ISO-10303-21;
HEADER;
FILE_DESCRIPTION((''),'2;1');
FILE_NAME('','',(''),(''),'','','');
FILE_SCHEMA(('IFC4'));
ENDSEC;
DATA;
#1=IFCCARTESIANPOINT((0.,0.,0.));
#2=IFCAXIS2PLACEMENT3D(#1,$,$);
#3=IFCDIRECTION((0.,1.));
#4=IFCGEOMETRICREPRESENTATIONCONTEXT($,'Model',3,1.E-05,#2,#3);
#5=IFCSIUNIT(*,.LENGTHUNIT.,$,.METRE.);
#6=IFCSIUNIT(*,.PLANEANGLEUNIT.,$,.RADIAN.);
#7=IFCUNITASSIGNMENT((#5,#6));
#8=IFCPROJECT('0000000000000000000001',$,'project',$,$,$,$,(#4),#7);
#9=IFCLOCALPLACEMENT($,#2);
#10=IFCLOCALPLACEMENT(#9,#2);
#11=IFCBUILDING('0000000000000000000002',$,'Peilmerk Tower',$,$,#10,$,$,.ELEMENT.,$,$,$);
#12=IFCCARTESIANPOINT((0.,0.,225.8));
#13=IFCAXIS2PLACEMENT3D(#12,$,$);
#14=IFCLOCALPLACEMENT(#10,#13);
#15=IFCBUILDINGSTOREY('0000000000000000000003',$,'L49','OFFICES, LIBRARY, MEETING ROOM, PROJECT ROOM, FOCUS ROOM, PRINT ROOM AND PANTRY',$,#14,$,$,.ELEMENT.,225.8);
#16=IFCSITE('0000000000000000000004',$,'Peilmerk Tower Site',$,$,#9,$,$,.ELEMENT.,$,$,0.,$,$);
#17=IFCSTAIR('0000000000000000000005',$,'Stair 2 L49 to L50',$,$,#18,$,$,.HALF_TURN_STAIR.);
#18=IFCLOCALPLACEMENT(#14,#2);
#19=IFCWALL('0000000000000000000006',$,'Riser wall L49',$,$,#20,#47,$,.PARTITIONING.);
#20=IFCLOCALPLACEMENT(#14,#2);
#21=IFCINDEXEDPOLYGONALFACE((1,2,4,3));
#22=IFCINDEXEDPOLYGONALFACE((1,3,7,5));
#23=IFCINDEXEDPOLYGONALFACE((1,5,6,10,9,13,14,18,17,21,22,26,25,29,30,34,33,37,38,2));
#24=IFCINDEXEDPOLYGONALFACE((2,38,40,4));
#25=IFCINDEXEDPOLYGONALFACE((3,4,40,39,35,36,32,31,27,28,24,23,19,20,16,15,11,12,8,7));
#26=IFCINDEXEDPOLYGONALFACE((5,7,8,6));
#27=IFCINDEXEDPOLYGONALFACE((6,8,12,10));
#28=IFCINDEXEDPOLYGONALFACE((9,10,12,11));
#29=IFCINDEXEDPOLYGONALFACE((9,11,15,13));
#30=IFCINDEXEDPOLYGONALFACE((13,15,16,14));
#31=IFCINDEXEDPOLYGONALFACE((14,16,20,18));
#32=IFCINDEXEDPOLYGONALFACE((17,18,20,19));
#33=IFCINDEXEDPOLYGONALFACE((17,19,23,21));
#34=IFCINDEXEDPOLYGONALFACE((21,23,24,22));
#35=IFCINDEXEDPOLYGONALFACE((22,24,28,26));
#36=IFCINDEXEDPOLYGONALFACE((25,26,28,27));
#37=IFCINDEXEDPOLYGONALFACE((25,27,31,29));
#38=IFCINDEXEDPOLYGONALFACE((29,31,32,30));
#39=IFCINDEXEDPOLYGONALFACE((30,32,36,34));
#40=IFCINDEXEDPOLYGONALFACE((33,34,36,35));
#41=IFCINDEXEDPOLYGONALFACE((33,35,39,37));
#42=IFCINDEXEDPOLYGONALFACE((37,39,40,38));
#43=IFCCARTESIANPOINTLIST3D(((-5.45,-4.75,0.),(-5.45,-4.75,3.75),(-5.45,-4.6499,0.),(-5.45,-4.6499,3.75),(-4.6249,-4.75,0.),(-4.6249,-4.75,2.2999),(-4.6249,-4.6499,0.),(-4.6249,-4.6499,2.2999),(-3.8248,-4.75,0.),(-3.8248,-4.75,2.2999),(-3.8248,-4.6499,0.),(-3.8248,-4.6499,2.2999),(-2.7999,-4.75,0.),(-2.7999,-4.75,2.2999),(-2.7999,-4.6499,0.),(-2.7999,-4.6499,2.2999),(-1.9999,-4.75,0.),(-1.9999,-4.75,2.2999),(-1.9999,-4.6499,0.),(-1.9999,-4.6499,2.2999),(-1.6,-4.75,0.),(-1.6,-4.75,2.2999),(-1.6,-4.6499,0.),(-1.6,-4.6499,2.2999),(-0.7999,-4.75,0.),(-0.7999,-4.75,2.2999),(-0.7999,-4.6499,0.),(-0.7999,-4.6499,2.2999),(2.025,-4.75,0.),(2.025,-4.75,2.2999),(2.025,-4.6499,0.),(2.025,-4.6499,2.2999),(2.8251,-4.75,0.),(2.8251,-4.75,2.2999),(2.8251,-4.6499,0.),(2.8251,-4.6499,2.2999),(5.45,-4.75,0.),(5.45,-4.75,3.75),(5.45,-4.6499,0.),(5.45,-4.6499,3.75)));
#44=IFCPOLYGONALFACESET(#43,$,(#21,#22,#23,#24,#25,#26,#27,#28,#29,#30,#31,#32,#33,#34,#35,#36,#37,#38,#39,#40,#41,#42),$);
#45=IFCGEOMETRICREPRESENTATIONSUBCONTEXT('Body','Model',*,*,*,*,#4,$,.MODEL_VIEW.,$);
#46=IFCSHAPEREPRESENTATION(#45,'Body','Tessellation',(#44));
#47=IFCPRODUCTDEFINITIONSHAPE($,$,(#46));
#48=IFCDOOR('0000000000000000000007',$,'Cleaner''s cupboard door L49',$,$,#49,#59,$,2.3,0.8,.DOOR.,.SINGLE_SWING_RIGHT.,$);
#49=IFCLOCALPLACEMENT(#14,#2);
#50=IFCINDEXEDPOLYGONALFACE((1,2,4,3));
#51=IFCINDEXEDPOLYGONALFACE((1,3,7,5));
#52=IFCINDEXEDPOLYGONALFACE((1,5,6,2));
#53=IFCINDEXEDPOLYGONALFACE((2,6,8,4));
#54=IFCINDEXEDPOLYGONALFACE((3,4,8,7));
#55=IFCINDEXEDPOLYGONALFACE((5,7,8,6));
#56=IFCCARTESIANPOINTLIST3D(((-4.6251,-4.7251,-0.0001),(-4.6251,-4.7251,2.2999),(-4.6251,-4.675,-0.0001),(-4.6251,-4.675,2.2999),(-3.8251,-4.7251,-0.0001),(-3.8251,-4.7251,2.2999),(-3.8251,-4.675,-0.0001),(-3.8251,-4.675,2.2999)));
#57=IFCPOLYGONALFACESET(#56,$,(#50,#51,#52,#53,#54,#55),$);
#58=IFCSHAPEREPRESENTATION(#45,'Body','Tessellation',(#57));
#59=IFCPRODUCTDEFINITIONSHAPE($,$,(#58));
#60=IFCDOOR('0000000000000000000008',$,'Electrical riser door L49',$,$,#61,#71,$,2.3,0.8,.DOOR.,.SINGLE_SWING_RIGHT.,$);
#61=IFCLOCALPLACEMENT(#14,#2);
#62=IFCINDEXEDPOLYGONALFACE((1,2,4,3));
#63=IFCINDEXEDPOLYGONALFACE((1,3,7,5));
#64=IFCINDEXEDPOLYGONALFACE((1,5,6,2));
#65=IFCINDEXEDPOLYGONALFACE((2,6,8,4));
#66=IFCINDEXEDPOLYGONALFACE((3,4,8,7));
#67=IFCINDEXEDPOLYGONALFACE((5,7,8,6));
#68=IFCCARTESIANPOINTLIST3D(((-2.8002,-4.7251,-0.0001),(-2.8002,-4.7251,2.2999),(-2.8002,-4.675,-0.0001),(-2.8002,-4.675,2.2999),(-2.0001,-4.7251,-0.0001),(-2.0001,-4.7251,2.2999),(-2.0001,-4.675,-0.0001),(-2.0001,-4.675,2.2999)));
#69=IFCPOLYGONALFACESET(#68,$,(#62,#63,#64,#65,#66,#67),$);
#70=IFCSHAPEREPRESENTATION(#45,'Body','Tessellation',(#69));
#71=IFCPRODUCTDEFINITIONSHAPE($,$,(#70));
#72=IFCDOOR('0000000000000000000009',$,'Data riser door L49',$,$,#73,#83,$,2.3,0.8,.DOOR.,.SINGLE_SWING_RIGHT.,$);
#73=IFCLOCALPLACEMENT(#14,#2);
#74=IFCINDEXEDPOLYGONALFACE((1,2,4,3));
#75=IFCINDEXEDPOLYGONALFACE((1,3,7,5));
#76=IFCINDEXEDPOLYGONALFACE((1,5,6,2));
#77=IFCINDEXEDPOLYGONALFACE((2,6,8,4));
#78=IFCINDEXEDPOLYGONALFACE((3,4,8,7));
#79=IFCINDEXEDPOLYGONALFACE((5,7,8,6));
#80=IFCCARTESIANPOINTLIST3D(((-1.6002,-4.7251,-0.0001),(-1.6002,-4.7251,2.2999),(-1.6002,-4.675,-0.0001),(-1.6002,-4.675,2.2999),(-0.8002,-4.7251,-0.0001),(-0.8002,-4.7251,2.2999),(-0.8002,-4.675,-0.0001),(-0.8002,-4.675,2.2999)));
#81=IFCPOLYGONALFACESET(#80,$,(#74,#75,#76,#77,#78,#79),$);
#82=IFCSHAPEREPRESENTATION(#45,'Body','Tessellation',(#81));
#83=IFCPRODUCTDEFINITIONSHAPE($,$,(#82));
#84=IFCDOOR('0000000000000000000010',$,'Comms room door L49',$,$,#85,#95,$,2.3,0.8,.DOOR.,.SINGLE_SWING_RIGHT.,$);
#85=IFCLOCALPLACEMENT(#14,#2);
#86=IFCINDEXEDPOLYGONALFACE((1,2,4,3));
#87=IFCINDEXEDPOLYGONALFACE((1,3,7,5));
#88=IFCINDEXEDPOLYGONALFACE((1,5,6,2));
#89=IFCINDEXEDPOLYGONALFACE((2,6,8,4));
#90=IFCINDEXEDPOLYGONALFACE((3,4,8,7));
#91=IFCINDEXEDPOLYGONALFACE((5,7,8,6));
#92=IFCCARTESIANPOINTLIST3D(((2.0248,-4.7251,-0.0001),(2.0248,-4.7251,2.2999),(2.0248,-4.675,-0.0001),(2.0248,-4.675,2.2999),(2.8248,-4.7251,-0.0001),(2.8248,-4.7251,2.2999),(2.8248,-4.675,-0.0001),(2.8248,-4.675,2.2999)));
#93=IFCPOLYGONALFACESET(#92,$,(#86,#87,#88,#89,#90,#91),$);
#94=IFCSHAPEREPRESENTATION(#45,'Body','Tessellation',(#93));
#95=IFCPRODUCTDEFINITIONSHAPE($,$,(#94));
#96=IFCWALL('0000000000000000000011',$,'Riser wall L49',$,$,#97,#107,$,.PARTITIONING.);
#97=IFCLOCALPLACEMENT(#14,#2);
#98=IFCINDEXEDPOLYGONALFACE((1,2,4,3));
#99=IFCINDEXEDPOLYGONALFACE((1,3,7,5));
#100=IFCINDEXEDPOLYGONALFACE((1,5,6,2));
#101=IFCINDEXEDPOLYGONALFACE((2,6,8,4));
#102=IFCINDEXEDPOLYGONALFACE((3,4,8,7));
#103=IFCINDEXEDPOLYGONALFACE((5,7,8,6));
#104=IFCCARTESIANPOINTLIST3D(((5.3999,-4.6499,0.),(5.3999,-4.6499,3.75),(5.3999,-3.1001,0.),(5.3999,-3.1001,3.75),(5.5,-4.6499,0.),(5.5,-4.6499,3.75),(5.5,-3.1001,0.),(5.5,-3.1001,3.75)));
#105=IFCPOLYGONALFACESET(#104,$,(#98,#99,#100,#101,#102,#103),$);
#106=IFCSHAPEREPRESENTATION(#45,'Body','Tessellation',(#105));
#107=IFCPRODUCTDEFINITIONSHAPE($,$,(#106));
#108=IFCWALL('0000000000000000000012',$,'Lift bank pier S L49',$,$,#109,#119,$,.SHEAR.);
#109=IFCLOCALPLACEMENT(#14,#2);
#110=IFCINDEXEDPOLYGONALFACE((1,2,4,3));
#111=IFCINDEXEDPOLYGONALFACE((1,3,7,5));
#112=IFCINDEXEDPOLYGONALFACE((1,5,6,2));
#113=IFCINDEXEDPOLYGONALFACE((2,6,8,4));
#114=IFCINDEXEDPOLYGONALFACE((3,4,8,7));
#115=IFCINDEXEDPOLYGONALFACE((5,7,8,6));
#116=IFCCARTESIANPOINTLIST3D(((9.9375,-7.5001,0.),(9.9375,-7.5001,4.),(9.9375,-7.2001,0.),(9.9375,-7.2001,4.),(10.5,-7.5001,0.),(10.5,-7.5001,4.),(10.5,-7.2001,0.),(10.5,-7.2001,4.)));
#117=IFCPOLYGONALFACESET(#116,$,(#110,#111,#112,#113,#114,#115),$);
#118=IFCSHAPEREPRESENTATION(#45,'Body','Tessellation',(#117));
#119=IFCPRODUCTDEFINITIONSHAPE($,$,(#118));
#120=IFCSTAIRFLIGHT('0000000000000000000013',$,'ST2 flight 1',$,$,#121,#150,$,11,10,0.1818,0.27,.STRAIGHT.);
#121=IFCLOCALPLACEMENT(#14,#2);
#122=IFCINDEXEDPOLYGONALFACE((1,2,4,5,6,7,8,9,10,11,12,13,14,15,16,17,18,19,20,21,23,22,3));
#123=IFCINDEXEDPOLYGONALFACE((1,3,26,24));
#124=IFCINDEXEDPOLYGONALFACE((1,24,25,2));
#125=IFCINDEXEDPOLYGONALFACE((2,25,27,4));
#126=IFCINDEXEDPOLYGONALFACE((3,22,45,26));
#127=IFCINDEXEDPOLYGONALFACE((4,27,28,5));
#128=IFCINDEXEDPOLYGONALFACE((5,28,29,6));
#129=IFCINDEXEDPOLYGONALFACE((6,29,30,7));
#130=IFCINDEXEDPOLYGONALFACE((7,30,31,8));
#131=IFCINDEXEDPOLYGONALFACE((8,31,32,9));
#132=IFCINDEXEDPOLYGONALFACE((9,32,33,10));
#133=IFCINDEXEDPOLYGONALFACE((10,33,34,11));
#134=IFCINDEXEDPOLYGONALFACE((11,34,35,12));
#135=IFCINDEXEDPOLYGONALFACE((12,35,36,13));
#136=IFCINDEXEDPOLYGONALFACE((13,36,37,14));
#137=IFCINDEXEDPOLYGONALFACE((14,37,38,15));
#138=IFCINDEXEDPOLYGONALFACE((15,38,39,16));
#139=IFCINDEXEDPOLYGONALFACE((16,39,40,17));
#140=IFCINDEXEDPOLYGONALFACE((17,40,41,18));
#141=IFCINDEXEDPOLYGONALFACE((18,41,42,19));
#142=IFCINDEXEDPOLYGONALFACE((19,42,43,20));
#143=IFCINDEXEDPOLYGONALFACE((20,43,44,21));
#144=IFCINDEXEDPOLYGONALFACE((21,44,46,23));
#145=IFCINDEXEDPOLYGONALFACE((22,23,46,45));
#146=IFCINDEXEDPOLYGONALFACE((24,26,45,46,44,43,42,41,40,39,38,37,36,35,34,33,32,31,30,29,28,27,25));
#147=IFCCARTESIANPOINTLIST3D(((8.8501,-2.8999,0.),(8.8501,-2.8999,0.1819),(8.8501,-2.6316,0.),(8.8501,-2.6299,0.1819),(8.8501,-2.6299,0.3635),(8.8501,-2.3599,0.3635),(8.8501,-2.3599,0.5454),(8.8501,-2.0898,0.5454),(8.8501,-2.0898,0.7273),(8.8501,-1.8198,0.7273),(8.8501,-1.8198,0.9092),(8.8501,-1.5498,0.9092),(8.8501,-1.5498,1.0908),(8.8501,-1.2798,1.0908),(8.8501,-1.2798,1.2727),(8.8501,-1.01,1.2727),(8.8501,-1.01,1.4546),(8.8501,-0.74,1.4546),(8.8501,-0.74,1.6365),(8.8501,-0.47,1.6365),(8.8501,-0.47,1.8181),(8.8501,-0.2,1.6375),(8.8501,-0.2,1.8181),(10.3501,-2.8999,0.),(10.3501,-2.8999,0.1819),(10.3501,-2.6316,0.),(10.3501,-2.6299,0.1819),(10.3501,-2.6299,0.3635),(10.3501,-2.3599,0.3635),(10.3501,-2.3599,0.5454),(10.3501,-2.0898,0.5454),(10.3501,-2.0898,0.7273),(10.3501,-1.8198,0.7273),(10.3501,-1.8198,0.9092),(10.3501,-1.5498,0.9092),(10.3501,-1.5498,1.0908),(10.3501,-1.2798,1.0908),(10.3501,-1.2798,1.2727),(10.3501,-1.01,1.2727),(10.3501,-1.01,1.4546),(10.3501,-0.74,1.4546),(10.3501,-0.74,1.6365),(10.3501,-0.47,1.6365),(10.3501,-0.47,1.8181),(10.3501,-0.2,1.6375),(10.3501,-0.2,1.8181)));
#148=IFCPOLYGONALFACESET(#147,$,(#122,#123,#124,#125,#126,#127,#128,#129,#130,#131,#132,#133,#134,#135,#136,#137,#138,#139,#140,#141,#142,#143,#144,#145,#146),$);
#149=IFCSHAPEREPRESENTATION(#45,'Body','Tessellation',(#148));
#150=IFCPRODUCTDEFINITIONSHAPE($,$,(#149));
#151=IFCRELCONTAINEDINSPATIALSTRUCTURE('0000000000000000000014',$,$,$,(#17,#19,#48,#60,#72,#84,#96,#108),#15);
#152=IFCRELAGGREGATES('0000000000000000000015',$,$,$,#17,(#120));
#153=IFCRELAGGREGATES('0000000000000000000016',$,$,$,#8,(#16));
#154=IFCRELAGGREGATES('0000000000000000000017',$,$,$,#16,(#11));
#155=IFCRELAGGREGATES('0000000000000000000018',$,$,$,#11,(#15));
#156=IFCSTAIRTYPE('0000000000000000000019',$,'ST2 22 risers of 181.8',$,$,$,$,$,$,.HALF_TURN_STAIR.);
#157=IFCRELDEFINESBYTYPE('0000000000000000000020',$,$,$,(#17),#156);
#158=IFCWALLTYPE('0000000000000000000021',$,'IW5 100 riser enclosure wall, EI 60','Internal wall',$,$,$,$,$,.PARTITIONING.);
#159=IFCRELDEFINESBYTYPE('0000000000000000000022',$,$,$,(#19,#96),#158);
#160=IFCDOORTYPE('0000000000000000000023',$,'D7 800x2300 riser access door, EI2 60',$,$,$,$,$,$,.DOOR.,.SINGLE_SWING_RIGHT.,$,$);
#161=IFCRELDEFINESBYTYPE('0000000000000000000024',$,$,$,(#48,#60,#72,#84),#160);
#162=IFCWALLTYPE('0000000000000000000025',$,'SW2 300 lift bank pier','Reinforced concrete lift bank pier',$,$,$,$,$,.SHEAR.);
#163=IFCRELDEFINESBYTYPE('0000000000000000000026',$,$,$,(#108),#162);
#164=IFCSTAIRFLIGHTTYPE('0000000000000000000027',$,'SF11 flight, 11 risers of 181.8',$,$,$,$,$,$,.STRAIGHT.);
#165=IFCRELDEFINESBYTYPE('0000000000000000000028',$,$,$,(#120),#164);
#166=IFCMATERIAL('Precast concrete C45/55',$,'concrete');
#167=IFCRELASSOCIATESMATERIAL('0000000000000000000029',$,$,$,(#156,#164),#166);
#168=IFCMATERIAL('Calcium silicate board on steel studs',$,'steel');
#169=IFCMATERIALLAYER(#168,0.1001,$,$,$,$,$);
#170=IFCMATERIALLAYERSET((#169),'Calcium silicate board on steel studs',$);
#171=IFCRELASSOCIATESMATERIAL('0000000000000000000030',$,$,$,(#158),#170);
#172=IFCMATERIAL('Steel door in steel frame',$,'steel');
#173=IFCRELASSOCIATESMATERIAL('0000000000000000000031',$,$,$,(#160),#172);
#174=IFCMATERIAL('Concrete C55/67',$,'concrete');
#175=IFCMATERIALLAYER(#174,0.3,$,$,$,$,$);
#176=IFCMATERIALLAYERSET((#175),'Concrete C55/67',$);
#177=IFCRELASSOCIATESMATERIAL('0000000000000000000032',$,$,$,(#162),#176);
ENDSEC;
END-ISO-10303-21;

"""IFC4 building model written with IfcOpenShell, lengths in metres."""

from ifc_helpers import new_model, si_unit, direction, frame, frame_2d, origin, place, context, subcontext, project, spatial, polyline, rectangle, outline, extrude, material, layer, layer_set, type_object, element, fill, aggregate, save


model = new_model("IFC4")

# Units and contexts
model_context = context("Model", 3, precision=1e-05, world=origin(), true_north=direction((0.0, 1.0)))
body_context = subcontext(model_context, "Body", "Model", "MODEL_VIEW")
ifc_project = project(units=[si_unit("LENGTHUNIT", "METRE"), si_unit("PLANEANGLEUNIT", "RADIAN")], contexts=[model_context])

# Site, building, storey
site_placement = place(None, origin())
site = spatial("IfcSite", under=ifc_project, at=site_placement, Name="Peilmerk Tower Site", CompositionType="ELEMENT", RefElevation=0.0)
building_placement = place(site_placement, origin())
building = spatial("IfcBuilding", under=site, at=building_placement, Name="Peilmerk Tower", CompositionType="ELEMENT")
storey_placement = place(building_placement, frame((0.0, 0.0, 225.8)))
storey = spatial("IfcBuildingStorey", under=building, at=storey_placement, Name="L49", Description="OFFICES, LIBRARY, MEETING ROOM, PROJECT ROOM, FOCUS ROOM, PRINT ROOM AND PANTRY", CompositionType="ELEMENT", Elevation=225.8)

# Stair
ifc_material_1 = material(Name="Precast concrete C45/55", Category="concrete")
stair_type_1 = type_object("IfcStairType", Name="ST2 22 risers of 181.8", PredefinedType="HALF_TURN_STAIR", material=ifc_material_1)
stair_1_placement = place(storey_placement, origin())
stair_1 = element("IfcStair", 1, at=stair_1_placement, inside=storey, type_object=stair_type_1, Name="Stair 2 L49 to L50", PredefinedType="HALF_TURN_STAIR")

# Shared definitions
ifc_material_2 = material(Name="Steel door in steel frame", Category="steel")

# Shared definitions
ifc_material_3 = material(Name="Calcium silicate board on steel studs", Category="steel")
ifc_layer_1 = layer(ifc_material_3, 0.1001)
ifc_layer_set_1 = layer_set([ifc_layer_1], Name="Calcium silicate board on steel studs")
wall_type_1 = type_object("IfcWallType", Name="IW5 100 riser enclosure wall, EI 60", Description="Internal wall", PredefinedType="PARTITIONING", material=ifc_layer_set_1)

# Wall, openings, doors
wall_1_placement = place(storey_placement, frame((5.45, -4.7, 0.0), z_axis=(0.0, 0.0, 1.0), x_axis=(-1.0, 0.0, 0.0)))
wall_1 = element("IfcWall", 2, at=wall_1_placement, inside=storey, type_object=wall_type_1, Name="Riser wall L49", PredefinedType="PARTITIONING", context=body_context, shape_type="SweptSolid", body=[
    extrude(rectangle(XDim=10.8999, YDim=0.1001, at=frame_2d((5.45, 0.0))), origin(), (0.0, 0.0, 1.0), 3.75),
])
opening_1_placement = place(wall_1_placement, frame((9.2749, 0.0, 0.0)))
opening_1 = element("IfcOpeningElement", 3, at=opening_1_placement, cuts=wall_1, PredefinedType="OPENING", context=body_context, shape_type="SweptSolid", body=[
    extrude(rectangle(XDim=0.8, YDim=2.3, at=frame_2d((0.3999, 1.1499))), frame((0.0, 0.0601, 0.0), z_axis=(0.0, -1.0, 0.0), x_axis=(1.0, 0.0, 0.0)), (0.0, 0.0, 1.0), 0.1201),
])
opening_2_placement = place(wall_1_placement, frame((7.45, 0.0, 0.0)))
opening_2 = element("IfcOpeningElement", 4, at=opening_2_placement, cuts=wall_1, PredefinedType="OPENING", context=body_context, shape_type="SweptSolid", body=[
    extrude(rectangle(XDim=0.8, YDim=2.3, at=frame_2d((0.3999, 1.1499))), frame((0.0, 0.0601, 0.0), z_axis=(0.0, -1.0, 0.0), x_axis=(1.0, 0.0, 0.0)), (0.0, 0.0, 1.0), 0.1201),
])
opening_3_placement = place(wall_1_placement, frame((6.25, 0.0, 0.0)))
opening_3 = element("IfcOpeningElement", 5, at=opening_3_placement, cuts=wall_1, PredefinedType="OPENING", context=body_context, shape_type="SweptSolid", body=[
    extrude(rectangle(XDim=0.8, YDim=2.3, at=frame_2d((0.3999, 1.1499))), frame((0.0, 0.0601, 0.0), z_axis=(0.0, -1.0, 0.0), x_axis=(1.0, 0.0, 0.0)), (0.0, 0.0, 1.0), 0.1201),
])
opening_4_placement = place(wall_1_placement, frame((2.625, 0.0, 0.0)))
opening_4 = element("IfcOpeningElement", 6, at=opening_4_placement, cuts=wall_1, PredefinedType="OPENING", context=body_context, shape_type="SweptSolid", body=[
    extrude(rectangle(XDim=0.8, YDim=2.3, at=frame_2d((0.3999, 1.1499))), frame((0.0, 0.0601, 0.0), z_axis=(0.0, -1.0, 0.0), x_axis=(1.0, 0.0, 0.0)), (0.0, 0.0, 1.0), 0.1201),
])
door_type_1 = type_object("IfcDoorType", Name="D7 800x2300 riser access door, EI2 60", OperationType="SINGLE_SWING_RIGHT", PredefinedType="DOOR", material=ifc_material_2)
door_1_placement = place(opening_1_placement, frame((0.8, 0.0, 0.0), z_axis=(0.0, 0.0, 1.0), x_axis=(-1.0, 0.0, 0.0)))
door_1 = element("IfcDoor", 7, at=door_1_placement, inside=storey, type_object=door_type_1, Name="Cleaner's cupboard door L49", OperationType="SINGLE_SWING_RIGHT", OverallHeight=2.3, OverallWidth=0.8, PredefinedType="DOOR", context=body_context, shape_type="SweptSolid", body=[
    extrude(rectangle(XDim=0.8, YDim=2.3, at=frame_2d((0.3999, 1.1499))), frame((0.0, 0.0249, 0.0), z_axis=(0.0, -1.0, 0.0), x_axis=(1.0, 0.0, 0.0)), (0.0, 0.0, 1.0), 0.05),
])
fill(opening_1, door_1)
door_2_placement = place(opening_2_placement, frame((0.8, 0.0, 0.0), z_axis=(0.0, 0.0, 1.0), x_axis=(-1.0, 0.0, 0.0)))
door_2 = element("IfcDoor", 8, at=door_2_placement, inside=storey, type_object=door_type_1, Name="Electrical riser door L49", OperationType="SINGLE_SWING_RIGHT", OverallHeight=2.3, OverallWidth=0.8, PredefinedType="DOOR", context=body_context, shape_type="SweptSolid", body=[
    extrude(rectangle(XDim=0.8, YDim=2.3, at=frame_2d((0.3999, 1.1499))), frame((0.0, 0.0249, 0.0), z_axis=(0.0, -1.0, 0.0), x_axis=(1.0, 0.0, 0.0)), (0.0, 0.0, 1.0), 0.05),
])
fill(opening_2, door_2)
door_3_placement = place(opening_3_placement, frame((0.8, 0.0, 0.0), z_axis=(0.0, 0.0, 1.0), x_axis=(-1.0, 0.0, 0.0)))
door_3 = element("IfcDoor", 9, at=door_3_placement, inside=storey, type_object=door_type_1, Name="Data riser door L49", OperationType="SINGLE_SWING_RIGHT", OverallHeight=2.3, OverallWidth=0.8, PredefinedType="DOOR", context=body_context, shape_type="SweptSolid", body=[
    extrude(rectangle(XDim=0.8, YDim=2.3, at=frame_2d((0.3999, 1.1499))), frame((0.0, 0.0249, 0.0), z_axis=(0.0, -1.0, 0.0), x_axis=(1.0, 0.0, 0.0)), (0.0, 0.0, 1.0), 0.05),
])
fill(opening_3, door_3)
door_4_placement = place(opening_4_placement, frame((0.8, 0.0, 0.0), z_axis=(0.0, 0.0, 1.0), x_axis=(-1.0, 0.0, 0.0)))
door_4 = element("IfcDoor", 10, at=door_4_placement, inside=storey, type_object=door_type_1, Name="Comms room door L49", OperationType="SINGLE_SWING_RIGHT", OverallHeight=2.3, OverallWidth=0.8, PredefinedType="DOOR", context=body_context, shape_type="SweptSolid", body=[
    extrude(rectangle(XDim=0.8, YDim=2.3, at=frame_2d((0.3999, 1.1499))), frame((0.0, 0.0249, 0.0), z_axis=(0.0, -1.0, 0.0), x_axis=(1.0, 0.0, 0.0)), (0.0, 0.0, 1.0), 0.05),
])
fill(opening_4, door_4)

# Walls
wall_2_placement = place(storey_placement, frame((5.45, -3.1001, 0.0), z_axis=(0.0, 0.0, 1.0), x_axis=(0.0, -1.0, 0.0)))
element("IfcWall", 11, at=wall_2_placement, inside=storey, type_object=wall_type_1, Name="Riser wall L49", PredefinedType="PARTITIONING", context=body_context, shape_type="SweptSolid", body=[
    extrude(rectangle(XDim=1.5498, YDim=0.1001, at=frame_2d((0.7749, 0.0))), origin(), (0.0, 0.0, 1.0), 3.75),
])
ifc_material_4 = material(Name="Concrete C55/67", Category="concrete")
ifc_layer_2 = layer(ifc_material_4, 0.3)
ifc_layer_set_2 = layer_set([ifc_layer_2], Name="Concrete C55/67")
wall_type_2 = type_object("IfcWallType", Name="SW2 300 lift bank pier", Description="Reinforced concrete lift bank pier", PredefinedType="SHEAR", material=ifc_layer_set_2)
wall_3_placement = place(storey_placement, frame((9.9375, -7.3501, 0.0), z_axis=(0.0, 0.0, 1.0), x_axis=(1.0, 0.0, 0.0)))
element("IfcWall", 12, at=wall_3_placement, inside=storey, type_object=wall_type_2, Name="Lift bank pier S L49", PredefinedType="SHEAR", context=body_context, shape_type="SweptSolid", body=[
    extrude(rectangle(XDim=0.5625, YDim=0.3, at=frame_2d((0.2812, 0.0))), origin(), (0.0, 0.0, 1.0), 4.0),
])

# Stair flight
stair_flight_type = type_object("IfcStairFlightType", Name="SF11 flight, 11 risers of 181.8", PredefinedType="STRAIGHT", material=ifc_material_1)
stair_flight_1_placement = place(storey_placement, frame((9.6001, -2.8999, 0.0), z_axis=(0.0, 0.0, 1.0), x_axis=(0.0, 1.0, 0.0)))
stair_flight_1 = element("IfcStairFlight", 13, at=stair_flight_1_placement, type_object=stair_flight_type, Name="ST2 flight 1", NumberOfRisers=11, NumberOfTreads=10, PredefinedType="STRAIGHT", RiserHeight=0.1818, TreadLength=0.27, context=body_context, shape_type="SweptSolid", body=[
    extrude(outline(polyline([(0.0, 0.0), (0.0, 0.1819), (0.27, 0.1819), (0.27, 0.3635), (0.54, 0.3635), (0.54, 0.5454), (0.8101, 0.5454), (0.8101, 0.7273), (1.0801, 0.7273), (1.0801, 0.9092), (1.3501, 0.9092), (1.3501, 1.0908), (1.6201, 1.0908), (1.6201, 1.2727), (1.8899, 1.2727), (1.8899, 1.4546), (2.1599, 1.4546), (2.1599, 1.6365), (2.4299, 1.6365), (2.4299, 1.8181), (2.7, 1.8181), (2.7, 2.0), (2.7, 1.6375), (0.2683, 0.0), (0.0, 0.0)])), frame((0.0, 0.75, 0.0), z_axis=(0.0, -1.0, 0.0), x_axis=(1.0, 0.0, 0.0)), (0.0, 0.0, 1.0), 1.5),
])
aggregate(stair_1, [stair_flight_1])

save(model, "model.ifc")
